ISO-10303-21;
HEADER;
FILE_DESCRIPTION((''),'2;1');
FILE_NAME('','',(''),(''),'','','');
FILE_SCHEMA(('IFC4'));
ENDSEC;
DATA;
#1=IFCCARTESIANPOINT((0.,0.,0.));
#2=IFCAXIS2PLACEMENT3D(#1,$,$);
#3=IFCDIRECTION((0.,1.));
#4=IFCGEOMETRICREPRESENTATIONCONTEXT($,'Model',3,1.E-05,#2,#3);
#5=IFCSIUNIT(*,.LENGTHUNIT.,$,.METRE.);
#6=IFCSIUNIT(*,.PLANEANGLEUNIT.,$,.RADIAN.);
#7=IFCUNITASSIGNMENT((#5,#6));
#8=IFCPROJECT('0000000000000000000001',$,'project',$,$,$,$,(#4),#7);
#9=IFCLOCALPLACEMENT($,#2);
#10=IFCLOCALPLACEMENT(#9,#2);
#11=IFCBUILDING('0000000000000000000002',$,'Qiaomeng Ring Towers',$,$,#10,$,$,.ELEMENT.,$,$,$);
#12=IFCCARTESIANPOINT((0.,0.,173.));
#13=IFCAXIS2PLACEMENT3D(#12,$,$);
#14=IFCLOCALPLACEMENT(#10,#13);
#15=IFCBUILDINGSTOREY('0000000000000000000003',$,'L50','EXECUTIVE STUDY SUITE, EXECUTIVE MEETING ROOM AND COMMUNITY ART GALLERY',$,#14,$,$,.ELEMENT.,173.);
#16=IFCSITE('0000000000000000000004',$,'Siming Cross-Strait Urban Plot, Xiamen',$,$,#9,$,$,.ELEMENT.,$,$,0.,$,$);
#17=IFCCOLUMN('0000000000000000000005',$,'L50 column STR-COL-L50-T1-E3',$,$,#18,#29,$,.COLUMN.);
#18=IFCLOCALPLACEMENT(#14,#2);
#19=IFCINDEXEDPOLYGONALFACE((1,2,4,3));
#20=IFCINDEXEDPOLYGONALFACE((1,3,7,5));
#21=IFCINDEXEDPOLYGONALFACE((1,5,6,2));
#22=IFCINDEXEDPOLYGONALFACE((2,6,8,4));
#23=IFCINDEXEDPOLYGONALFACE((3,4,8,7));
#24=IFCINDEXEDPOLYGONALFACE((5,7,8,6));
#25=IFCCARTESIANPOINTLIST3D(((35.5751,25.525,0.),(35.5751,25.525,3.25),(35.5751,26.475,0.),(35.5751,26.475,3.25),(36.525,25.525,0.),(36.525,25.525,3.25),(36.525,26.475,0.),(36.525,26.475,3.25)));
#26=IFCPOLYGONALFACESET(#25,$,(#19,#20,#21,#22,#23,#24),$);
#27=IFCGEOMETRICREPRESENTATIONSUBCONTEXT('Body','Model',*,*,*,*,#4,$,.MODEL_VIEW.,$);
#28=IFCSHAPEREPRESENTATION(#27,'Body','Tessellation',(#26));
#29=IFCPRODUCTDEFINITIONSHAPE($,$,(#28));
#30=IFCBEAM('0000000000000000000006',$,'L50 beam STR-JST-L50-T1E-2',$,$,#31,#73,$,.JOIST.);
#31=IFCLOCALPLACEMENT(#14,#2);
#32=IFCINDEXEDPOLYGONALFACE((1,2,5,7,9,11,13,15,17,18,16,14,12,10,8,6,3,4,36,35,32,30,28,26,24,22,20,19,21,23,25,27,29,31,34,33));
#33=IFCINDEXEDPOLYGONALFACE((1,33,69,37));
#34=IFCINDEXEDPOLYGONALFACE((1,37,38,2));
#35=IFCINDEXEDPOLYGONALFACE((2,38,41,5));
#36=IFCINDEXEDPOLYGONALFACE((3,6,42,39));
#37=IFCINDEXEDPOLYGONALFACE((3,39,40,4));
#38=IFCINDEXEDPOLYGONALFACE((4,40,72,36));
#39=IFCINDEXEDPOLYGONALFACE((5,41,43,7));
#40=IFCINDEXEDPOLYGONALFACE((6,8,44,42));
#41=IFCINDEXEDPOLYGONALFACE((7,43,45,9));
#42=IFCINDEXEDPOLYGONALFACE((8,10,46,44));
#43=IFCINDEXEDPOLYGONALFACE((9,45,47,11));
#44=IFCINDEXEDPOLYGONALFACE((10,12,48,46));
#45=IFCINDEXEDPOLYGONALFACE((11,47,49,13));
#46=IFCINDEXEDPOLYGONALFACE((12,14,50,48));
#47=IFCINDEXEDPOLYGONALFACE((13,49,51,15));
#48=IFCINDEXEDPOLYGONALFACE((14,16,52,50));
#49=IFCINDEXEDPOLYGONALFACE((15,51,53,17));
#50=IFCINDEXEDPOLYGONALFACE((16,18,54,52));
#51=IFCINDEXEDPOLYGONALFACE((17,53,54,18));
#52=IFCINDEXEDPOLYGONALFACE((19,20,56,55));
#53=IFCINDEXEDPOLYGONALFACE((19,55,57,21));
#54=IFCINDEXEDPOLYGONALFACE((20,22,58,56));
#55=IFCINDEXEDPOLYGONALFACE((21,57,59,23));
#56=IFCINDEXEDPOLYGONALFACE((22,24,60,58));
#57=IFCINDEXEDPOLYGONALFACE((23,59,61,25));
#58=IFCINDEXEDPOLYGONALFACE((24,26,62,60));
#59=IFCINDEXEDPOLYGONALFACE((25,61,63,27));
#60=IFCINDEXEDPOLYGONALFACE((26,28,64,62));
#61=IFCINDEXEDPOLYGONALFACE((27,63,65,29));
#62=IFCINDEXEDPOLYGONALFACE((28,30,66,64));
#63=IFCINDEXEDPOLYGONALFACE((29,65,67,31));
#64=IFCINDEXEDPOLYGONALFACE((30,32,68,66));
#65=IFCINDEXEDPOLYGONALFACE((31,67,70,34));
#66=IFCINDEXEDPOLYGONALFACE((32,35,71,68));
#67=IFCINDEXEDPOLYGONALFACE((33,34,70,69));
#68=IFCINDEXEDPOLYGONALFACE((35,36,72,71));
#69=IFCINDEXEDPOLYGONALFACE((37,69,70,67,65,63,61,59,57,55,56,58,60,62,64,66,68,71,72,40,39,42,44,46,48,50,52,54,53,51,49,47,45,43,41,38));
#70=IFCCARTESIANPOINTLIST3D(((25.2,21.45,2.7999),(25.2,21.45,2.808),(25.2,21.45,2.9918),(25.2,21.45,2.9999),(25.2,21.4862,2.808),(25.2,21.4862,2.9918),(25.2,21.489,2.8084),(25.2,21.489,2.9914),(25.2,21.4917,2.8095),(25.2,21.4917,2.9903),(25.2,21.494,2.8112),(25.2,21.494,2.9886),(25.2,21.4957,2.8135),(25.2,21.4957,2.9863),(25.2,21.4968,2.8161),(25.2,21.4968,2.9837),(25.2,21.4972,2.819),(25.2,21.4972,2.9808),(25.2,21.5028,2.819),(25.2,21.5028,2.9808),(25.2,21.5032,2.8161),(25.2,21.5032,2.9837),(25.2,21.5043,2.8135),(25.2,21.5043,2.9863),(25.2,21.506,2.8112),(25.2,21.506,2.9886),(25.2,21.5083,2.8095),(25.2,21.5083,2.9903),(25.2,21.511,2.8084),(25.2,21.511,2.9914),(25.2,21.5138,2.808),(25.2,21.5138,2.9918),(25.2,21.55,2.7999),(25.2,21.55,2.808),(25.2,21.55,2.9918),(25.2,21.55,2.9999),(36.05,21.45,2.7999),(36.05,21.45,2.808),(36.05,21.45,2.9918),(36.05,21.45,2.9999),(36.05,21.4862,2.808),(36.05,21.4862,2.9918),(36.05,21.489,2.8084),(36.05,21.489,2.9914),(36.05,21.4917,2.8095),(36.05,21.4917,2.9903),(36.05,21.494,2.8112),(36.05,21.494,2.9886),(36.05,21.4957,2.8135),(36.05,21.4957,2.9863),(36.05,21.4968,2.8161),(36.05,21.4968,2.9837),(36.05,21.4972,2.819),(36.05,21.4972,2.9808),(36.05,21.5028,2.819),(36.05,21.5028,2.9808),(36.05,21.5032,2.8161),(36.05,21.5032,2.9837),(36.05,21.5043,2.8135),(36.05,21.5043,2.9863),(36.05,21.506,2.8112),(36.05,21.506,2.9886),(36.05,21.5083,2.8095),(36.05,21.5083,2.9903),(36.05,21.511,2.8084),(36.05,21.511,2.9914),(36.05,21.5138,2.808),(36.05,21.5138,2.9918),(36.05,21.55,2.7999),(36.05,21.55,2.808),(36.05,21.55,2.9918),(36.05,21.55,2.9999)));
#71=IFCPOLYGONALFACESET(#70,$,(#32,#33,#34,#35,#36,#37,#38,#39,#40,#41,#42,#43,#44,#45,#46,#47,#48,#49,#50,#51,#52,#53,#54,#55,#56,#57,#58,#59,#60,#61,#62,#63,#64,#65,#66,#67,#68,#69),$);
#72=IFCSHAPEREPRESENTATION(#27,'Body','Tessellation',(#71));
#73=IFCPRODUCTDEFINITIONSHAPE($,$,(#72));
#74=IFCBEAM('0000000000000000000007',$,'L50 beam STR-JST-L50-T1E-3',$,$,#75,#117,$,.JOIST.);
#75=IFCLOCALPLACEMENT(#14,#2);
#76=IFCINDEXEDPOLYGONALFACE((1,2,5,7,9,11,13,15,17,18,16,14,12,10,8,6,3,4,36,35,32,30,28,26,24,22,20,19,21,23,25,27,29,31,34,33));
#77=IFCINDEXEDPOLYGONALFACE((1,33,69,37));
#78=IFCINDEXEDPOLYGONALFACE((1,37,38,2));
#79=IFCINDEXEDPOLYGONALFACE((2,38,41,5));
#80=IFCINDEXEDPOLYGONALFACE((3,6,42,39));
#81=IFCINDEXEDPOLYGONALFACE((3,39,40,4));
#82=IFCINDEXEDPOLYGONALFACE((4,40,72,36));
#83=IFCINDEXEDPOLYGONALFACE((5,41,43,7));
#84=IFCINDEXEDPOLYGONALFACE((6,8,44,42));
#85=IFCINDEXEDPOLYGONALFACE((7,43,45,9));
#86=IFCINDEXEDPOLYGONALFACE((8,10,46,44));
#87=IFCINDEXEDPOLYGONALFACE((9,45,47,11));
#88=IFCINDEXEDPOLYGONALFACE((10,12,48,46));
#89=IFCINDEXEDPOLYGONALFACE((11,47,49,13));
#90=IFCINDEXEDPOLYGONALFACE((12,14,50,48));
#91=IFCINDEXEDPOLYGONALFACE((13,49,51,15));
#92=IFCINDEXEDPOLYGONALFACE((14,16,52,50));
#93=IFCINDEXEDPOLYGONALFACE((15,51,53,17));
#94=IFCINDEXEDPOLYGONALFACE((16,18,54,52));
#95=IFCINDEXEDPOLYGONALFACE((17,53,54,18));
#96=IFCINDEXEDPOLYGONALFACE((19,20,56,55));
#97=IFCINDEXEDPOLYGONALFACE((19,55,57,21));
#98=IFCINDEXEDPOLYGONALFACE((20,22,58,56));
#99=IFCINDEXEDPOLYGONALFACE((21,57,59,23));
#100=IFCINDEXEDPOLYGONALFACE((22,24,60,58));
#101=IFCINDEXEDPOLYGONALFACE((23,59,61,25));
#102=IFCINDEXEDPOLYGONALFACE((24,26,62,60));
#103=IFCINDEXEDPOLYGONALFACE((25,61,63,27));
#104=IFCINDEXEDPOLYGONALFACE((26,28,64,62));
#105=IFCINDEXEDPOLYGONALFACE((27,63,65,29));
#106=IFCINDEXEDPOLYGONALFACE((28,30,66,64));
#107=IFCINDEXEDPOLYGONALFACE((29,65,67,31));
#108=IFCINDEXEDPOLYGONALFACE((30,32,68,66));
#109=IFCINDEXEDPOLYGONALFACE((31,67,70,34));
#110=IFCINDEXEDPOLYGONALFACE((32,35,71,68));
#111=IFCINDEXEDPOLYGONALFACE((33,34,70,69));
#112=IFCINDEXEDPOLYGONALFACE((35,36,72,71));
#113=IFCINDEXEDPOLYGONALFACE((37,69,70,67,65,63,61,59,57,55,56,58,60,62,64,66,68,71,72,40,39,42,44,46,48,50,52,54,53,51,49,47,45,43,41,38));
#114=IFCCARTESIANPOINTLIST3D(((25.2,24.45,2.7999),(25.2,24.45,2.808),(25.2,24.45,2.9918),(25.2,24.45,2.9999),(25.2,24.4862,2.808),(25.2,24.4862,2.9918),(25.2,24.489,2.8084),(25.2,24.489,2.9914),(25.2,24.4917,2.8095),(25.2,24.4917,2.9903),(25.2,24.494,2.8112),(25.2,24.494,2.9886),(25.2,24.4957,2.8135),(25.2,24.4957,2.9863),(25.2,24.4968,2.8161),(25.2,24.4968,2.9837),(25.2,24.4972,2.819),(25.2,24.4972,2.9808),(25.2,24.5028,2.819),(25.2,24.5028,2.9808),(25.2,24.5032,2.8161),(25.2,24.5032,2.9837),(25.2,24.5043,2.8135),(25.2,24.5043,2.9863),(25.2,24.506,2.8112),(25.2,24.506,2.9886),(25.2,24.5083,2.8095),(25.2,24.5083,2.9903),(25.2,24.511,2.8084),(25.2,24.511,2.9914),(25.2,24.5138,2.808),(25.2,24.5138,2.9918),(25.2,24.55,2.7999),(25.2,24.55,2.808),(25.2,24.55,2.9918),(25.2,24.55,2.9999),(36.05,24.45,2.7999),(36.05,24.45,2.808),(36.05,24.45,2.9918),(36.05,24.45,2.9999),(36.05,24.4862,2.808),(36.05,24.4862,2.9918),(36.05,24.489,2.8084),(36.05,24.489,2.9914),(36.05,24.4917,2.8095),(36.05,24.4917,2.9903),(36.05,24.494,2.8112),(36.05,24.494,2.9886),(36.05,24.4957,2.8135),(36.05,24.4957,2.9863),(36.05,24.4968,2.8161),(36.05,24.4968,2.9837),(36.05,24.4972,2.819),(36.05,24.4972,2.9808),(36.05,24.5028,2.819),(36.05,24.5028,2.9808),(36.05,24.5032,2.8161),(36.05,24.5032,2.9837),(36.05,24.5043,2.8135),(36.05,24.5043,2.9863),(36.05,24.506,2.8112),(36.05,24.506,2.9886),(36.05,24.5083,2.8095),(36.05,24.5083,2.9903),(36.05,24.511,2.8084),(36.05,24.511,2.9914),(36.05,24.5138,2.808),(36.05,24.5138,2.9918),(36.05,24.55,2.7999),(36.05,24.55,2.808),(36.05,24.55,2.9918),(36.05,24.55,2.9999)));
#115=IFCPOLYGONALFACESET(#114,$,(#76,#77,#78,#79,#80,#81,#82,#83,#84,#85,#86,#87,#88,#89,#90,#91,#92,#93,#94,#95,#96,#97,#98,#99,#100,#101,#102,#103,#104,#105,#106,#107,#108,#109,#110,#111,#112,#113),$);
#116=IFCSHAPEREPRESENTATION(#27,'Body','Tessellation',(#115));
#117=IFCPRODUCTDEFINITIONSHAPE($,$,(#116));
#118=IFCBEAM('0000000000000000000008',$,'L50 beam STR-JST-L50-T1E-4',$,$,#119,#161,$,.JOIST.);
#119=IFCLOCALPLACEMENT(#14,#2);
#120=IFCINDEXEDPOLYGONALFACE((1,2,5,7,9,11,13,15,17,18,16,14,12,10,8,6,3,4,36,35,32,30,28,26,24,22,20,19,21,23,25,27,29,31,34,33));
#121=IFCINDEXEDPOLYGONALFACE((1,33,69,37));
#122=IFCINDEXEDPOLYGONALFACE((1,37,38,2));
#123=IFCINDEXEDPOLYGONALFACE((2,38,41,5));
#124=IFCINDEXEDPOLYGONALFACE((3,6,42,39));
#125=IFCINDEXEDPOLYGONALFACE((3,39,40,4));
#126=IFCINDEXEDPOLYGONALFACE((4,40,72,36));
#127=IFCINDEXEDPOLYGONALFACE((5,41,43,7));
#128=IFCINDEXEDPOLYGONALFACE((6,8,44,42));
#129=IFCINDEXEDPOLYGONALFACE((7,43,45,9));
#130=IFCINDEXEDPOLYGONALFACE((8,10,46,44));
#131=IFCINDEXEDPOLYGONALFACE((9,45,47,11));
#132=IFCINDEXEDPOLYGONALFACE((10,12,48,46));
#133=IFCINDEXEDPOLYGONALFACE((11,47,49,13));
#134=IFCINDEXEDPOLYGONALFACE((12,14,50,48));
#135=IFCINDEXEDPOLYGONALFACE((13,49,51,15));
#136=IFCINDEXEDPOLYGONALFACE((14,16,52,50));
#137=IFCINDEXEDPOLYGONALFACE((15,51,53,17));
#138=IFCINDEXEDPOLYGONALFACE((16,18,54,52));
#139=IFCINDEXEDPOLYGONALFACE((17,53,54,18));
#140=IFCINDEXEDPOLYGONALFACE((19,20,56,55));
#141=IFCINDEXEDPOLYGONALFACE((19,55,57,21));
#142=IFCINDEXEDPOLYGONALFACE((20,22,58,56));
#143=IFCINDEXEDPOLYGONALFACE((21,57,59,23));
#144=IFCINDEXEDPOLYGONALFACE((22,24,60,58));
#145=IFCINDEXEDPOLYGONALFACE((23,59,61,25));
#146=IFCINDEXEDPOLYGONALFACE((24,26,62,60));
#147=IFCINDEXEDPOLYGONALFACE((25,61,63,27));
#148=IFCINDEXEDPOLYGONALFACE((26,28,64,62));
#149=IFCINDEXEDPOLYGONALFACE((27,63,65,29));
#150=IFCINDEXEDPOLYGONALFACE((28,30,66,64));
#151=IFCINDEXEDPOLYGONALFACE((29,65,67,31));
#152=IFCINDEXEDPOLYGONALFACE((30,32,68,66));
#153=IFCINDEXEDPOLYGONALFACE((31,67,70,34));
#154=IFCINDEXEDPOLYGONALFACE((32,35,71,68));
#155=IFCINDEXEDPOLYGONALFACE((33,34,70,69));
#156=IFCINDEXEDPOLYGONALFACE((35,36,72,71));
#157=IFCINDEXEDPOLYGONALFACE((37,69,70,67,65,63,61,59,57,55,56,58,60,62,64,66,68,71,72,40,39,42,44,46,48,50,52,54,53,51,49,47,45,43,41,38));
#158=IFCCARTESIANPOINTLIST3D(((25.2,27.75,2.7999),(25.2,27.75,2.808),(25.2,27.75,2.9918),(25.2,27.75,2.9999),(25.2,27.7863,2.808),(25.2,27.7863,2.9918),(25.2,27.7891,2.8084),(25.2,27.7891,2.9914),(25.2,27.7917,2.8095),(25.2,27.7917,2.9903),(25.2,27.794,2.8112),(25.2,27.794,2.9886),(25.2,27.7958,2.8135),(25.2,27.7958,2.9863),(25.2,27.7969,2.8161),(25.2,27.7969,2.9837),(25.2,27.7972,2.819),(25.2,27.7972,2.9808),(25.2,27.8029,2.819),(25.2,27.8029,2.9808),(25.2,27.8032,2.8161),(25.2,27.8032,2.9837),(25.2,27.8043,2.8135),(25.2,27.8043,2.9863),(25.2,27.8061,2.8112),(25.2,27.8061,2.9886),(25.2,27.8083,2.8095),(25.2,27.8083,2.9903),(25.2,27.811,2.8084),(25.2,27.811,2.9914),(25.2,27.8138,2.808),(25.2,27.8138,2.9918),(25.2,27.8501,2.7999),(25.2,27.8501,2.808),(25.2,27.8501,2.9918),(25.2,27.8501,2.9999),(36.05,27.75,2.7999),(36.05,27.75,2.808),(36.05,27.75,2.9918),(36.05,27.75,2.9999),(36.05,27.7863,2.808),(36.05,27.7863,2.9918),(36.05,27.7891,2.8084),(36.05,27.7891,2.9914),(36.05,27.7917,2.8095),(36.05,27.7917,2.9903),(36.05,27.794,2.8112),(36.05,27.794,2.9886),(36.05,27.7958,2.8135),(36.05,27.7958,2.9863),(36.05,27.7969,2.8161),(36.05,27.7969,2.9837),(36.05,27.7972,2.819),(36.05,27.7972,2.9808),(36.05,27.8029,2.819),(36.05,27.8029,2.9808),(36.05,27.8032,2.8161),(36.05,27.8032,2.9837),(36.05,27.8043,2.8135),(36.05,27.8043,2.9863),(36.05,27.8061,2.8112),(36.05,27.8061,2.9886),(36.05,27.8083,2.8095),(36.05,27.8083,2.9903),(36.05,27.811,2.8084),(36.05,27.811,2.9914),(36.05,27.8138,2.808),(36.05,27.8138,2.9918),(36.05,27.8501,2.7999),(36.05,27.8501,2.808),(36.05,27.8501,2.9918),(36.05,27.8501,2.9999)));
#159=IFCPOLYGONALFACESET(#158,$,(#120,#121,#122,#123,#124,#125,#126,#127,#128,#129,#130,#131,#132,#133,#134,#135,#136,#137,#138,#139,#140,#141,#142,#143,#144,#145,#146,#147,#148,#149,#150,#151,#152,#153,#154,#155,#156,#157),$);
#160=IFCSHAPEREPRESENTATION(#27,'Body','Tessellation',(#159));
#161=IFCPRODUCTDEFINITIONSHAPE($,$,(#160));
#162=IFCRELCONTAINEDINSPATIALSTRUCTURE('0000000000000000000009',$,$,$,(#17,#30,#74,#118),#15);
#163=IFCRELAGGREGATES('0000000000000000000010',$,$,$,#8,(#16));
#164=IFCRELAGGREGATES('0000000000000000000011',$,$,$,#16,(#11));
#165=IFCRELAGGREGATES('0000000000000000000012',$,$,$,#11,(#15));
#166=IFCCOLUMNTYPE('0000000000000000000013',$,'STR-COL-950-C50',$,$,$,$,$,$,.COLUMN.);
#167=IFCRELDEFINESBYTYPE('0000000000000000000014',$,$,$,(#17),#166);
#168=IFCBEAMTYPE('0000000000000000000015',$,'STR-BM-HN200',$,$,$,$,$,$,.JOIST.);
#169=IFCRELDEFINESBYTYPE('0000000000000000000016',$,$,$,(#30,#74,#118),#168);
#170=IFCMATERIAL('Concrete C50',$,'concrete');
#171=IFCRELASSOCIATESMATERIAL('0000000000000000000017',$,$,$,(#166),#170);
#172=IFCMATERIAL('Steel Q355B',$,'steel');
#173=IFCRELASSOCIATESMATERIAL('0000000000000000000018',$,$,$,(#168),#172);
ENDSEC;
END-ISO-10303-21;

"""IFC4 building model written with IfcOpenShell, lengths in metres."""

from ifc_helpers import new_model, si_unit, direction, frame, origin, origin_2d, place, context, subcontext, project, spatial, rectangle, i_section, extrude, source, transform, mapped, material, material_profile, profile_set, type_object, element, save


model = new_model("IFC4")

# Units and contexts
model_context = context("Model", 3, precision=1e-05, world=origin(), true_north=direction((0.0, 1.0)))
body_context = subcontext(model_context, "Body", "Model", "MODEL_VIEW")
ifc_project = project(units=[si_unit("LENGTHUNIT", "METRE"), si_unit("PLANEANGLEUNIT", "RADIAN")], contexts=[model_context])

# Site, building, storey
site_placement = place(None, origin())
site = spatial("IfcSite", under=ifc_project, at=site_placement, Name="Siming Cross-Strait Urban Plot, Xiamen", CompositionType="ELEMENT", RefElevation=0.0)
building_placement = place(site_placement, origin())
building = spatial("IfcBuilding", under=site, at=building_placement, Name="Qiaomeng Ring Towers", CompositionType="ELEMENT")
storey_placement = place(building_placement, frame((0.0, 0.0, 173.0)))
storey = spatial("IfcBuildingStorey", under=building, at=storey_placement, Name="L50", Description="EXECUTIVE STUDY SUITE, EXECUTIVE MEETING ROOM AND COMMUNITY ART GALLERY", CompositionType="ELEMENT", Elevation=173.0)

# Column
ifc_material_1 = material(Name="Concrete C50", Category="concrete")
ifc_material_profile_1 = material_profile(ifc_material_1, rectangle(XDim=0.95, YDim=0.95, at=origin_2d()), Name="RC COL 950x950")
ifc_profile_set_1 = profile_set([ifc_material_profile_1], Name="Concrete C50")
column_type = type_object("IfcColumnType", Name="STR-COL-950-C50", PredefinedType="COLUMN", material=ifc_profile_set_1)
shared_shape_1 = source(origin(), body_context, "Body", "SweptSolid", [
    extrude(rectangle(XDim=0.95, YDim=0.95, at=origin_2d()), origin(), (0.0, 0.0, 1.0), 3.25),
])
column_placement = place(storey_placement, frame((36.05, 26.0, 0.0), z_axis=(0.0, 0.0, 1.0), x_axis=(1.0, 0.0, 0.0)))
element("IfcColumn", 1, at=column_placement, inside=storey, type_object=column_type, Name="L50 column STR-COL-L50-T1-E3", PredefinedType="COLUMN", context=body_context, shape_type="MappedRepresentation", body=[
    mapped(shared_shape_1, transform((0.0, 0.0, 0.0), x_axis=(1.0, 0.0, 0.0), y_axis=(0.0, 1.0, 0.0), z_axis=(0.0, 0.0, 1.0), scale=1.0)),
])

# Beams
ifc_material_2 = material(Name="Steel Q355B", Category="steel")
ifc_material_profile_2 = material_profile(ifc_material_2, i_section(OverallWidth=0.1001, OverallDepth=0.2, WebThickness=0.0056, FlangeThickness=0.0081, FilletRadius=0.011, at=origin_2d()), Name="HN 200x100x5.5x8")
ifc_profile_set_2 = profile_set([ifc_material_profile_2], Name="Steel Q355B")
beam_type_1 = type_object("IfcBeamType", Name="STR-BM-HN200", PredefinedType="JOIST", material=ifc_profile_set_2)
shared_shape_2 = source(origin(), body_context, "Body", "SweptSolid", [
    extrude(i_section(OverallWidth=0.1001, OverallDepth=0.2, WebThickness=0.0056, FlangeThickness=0.0081, FilletRadius=0.011, at=origin_2d()), origin(), (0.0, 0.0, 1.0), 10.8501),
])
for number, where, z_axis, x_axis, name in (
    (2, (25.2, 21.5, 2.8999), (1.0, 0.0, 0.0), (0.0, 1.0, 0.0), "L50 beam STR-JST-L50-T1E-2"),
    (3, (25.2, 24.5, 2.8999), (1.0, 0.0, 0.0), (0.0, 1.0, 0.0), "L50 beam STR-JST-L50-T1E-3"),
    (4, (25.2, 27.8, 2.8999), (1.0, 0.0, 0.0), (0.0, 1.0, 0.0), "L50 beam STR-JST-L50-T1E-4"),
):
    element("IfcBeam", number, at=place(storey_placement, frame(where, z_axis=z_axis, x_axis=x_axis)), inside=storey, type_object=beam_type_1, Name=name, PredefinedType="JOIST", context=body_context, shape_type="MappedRepresentation", body=[
        mapped(shared_shape_2, transform((0.0, 0.0, 0.0), x_axis=(1.0, 0.0, 0.0), y_axis=(0.0, 1.0, 0.0), z_axis=(0.0, 0.0, 1.0), scale=1.0)),
    ])

save(model, "model.ifc")
